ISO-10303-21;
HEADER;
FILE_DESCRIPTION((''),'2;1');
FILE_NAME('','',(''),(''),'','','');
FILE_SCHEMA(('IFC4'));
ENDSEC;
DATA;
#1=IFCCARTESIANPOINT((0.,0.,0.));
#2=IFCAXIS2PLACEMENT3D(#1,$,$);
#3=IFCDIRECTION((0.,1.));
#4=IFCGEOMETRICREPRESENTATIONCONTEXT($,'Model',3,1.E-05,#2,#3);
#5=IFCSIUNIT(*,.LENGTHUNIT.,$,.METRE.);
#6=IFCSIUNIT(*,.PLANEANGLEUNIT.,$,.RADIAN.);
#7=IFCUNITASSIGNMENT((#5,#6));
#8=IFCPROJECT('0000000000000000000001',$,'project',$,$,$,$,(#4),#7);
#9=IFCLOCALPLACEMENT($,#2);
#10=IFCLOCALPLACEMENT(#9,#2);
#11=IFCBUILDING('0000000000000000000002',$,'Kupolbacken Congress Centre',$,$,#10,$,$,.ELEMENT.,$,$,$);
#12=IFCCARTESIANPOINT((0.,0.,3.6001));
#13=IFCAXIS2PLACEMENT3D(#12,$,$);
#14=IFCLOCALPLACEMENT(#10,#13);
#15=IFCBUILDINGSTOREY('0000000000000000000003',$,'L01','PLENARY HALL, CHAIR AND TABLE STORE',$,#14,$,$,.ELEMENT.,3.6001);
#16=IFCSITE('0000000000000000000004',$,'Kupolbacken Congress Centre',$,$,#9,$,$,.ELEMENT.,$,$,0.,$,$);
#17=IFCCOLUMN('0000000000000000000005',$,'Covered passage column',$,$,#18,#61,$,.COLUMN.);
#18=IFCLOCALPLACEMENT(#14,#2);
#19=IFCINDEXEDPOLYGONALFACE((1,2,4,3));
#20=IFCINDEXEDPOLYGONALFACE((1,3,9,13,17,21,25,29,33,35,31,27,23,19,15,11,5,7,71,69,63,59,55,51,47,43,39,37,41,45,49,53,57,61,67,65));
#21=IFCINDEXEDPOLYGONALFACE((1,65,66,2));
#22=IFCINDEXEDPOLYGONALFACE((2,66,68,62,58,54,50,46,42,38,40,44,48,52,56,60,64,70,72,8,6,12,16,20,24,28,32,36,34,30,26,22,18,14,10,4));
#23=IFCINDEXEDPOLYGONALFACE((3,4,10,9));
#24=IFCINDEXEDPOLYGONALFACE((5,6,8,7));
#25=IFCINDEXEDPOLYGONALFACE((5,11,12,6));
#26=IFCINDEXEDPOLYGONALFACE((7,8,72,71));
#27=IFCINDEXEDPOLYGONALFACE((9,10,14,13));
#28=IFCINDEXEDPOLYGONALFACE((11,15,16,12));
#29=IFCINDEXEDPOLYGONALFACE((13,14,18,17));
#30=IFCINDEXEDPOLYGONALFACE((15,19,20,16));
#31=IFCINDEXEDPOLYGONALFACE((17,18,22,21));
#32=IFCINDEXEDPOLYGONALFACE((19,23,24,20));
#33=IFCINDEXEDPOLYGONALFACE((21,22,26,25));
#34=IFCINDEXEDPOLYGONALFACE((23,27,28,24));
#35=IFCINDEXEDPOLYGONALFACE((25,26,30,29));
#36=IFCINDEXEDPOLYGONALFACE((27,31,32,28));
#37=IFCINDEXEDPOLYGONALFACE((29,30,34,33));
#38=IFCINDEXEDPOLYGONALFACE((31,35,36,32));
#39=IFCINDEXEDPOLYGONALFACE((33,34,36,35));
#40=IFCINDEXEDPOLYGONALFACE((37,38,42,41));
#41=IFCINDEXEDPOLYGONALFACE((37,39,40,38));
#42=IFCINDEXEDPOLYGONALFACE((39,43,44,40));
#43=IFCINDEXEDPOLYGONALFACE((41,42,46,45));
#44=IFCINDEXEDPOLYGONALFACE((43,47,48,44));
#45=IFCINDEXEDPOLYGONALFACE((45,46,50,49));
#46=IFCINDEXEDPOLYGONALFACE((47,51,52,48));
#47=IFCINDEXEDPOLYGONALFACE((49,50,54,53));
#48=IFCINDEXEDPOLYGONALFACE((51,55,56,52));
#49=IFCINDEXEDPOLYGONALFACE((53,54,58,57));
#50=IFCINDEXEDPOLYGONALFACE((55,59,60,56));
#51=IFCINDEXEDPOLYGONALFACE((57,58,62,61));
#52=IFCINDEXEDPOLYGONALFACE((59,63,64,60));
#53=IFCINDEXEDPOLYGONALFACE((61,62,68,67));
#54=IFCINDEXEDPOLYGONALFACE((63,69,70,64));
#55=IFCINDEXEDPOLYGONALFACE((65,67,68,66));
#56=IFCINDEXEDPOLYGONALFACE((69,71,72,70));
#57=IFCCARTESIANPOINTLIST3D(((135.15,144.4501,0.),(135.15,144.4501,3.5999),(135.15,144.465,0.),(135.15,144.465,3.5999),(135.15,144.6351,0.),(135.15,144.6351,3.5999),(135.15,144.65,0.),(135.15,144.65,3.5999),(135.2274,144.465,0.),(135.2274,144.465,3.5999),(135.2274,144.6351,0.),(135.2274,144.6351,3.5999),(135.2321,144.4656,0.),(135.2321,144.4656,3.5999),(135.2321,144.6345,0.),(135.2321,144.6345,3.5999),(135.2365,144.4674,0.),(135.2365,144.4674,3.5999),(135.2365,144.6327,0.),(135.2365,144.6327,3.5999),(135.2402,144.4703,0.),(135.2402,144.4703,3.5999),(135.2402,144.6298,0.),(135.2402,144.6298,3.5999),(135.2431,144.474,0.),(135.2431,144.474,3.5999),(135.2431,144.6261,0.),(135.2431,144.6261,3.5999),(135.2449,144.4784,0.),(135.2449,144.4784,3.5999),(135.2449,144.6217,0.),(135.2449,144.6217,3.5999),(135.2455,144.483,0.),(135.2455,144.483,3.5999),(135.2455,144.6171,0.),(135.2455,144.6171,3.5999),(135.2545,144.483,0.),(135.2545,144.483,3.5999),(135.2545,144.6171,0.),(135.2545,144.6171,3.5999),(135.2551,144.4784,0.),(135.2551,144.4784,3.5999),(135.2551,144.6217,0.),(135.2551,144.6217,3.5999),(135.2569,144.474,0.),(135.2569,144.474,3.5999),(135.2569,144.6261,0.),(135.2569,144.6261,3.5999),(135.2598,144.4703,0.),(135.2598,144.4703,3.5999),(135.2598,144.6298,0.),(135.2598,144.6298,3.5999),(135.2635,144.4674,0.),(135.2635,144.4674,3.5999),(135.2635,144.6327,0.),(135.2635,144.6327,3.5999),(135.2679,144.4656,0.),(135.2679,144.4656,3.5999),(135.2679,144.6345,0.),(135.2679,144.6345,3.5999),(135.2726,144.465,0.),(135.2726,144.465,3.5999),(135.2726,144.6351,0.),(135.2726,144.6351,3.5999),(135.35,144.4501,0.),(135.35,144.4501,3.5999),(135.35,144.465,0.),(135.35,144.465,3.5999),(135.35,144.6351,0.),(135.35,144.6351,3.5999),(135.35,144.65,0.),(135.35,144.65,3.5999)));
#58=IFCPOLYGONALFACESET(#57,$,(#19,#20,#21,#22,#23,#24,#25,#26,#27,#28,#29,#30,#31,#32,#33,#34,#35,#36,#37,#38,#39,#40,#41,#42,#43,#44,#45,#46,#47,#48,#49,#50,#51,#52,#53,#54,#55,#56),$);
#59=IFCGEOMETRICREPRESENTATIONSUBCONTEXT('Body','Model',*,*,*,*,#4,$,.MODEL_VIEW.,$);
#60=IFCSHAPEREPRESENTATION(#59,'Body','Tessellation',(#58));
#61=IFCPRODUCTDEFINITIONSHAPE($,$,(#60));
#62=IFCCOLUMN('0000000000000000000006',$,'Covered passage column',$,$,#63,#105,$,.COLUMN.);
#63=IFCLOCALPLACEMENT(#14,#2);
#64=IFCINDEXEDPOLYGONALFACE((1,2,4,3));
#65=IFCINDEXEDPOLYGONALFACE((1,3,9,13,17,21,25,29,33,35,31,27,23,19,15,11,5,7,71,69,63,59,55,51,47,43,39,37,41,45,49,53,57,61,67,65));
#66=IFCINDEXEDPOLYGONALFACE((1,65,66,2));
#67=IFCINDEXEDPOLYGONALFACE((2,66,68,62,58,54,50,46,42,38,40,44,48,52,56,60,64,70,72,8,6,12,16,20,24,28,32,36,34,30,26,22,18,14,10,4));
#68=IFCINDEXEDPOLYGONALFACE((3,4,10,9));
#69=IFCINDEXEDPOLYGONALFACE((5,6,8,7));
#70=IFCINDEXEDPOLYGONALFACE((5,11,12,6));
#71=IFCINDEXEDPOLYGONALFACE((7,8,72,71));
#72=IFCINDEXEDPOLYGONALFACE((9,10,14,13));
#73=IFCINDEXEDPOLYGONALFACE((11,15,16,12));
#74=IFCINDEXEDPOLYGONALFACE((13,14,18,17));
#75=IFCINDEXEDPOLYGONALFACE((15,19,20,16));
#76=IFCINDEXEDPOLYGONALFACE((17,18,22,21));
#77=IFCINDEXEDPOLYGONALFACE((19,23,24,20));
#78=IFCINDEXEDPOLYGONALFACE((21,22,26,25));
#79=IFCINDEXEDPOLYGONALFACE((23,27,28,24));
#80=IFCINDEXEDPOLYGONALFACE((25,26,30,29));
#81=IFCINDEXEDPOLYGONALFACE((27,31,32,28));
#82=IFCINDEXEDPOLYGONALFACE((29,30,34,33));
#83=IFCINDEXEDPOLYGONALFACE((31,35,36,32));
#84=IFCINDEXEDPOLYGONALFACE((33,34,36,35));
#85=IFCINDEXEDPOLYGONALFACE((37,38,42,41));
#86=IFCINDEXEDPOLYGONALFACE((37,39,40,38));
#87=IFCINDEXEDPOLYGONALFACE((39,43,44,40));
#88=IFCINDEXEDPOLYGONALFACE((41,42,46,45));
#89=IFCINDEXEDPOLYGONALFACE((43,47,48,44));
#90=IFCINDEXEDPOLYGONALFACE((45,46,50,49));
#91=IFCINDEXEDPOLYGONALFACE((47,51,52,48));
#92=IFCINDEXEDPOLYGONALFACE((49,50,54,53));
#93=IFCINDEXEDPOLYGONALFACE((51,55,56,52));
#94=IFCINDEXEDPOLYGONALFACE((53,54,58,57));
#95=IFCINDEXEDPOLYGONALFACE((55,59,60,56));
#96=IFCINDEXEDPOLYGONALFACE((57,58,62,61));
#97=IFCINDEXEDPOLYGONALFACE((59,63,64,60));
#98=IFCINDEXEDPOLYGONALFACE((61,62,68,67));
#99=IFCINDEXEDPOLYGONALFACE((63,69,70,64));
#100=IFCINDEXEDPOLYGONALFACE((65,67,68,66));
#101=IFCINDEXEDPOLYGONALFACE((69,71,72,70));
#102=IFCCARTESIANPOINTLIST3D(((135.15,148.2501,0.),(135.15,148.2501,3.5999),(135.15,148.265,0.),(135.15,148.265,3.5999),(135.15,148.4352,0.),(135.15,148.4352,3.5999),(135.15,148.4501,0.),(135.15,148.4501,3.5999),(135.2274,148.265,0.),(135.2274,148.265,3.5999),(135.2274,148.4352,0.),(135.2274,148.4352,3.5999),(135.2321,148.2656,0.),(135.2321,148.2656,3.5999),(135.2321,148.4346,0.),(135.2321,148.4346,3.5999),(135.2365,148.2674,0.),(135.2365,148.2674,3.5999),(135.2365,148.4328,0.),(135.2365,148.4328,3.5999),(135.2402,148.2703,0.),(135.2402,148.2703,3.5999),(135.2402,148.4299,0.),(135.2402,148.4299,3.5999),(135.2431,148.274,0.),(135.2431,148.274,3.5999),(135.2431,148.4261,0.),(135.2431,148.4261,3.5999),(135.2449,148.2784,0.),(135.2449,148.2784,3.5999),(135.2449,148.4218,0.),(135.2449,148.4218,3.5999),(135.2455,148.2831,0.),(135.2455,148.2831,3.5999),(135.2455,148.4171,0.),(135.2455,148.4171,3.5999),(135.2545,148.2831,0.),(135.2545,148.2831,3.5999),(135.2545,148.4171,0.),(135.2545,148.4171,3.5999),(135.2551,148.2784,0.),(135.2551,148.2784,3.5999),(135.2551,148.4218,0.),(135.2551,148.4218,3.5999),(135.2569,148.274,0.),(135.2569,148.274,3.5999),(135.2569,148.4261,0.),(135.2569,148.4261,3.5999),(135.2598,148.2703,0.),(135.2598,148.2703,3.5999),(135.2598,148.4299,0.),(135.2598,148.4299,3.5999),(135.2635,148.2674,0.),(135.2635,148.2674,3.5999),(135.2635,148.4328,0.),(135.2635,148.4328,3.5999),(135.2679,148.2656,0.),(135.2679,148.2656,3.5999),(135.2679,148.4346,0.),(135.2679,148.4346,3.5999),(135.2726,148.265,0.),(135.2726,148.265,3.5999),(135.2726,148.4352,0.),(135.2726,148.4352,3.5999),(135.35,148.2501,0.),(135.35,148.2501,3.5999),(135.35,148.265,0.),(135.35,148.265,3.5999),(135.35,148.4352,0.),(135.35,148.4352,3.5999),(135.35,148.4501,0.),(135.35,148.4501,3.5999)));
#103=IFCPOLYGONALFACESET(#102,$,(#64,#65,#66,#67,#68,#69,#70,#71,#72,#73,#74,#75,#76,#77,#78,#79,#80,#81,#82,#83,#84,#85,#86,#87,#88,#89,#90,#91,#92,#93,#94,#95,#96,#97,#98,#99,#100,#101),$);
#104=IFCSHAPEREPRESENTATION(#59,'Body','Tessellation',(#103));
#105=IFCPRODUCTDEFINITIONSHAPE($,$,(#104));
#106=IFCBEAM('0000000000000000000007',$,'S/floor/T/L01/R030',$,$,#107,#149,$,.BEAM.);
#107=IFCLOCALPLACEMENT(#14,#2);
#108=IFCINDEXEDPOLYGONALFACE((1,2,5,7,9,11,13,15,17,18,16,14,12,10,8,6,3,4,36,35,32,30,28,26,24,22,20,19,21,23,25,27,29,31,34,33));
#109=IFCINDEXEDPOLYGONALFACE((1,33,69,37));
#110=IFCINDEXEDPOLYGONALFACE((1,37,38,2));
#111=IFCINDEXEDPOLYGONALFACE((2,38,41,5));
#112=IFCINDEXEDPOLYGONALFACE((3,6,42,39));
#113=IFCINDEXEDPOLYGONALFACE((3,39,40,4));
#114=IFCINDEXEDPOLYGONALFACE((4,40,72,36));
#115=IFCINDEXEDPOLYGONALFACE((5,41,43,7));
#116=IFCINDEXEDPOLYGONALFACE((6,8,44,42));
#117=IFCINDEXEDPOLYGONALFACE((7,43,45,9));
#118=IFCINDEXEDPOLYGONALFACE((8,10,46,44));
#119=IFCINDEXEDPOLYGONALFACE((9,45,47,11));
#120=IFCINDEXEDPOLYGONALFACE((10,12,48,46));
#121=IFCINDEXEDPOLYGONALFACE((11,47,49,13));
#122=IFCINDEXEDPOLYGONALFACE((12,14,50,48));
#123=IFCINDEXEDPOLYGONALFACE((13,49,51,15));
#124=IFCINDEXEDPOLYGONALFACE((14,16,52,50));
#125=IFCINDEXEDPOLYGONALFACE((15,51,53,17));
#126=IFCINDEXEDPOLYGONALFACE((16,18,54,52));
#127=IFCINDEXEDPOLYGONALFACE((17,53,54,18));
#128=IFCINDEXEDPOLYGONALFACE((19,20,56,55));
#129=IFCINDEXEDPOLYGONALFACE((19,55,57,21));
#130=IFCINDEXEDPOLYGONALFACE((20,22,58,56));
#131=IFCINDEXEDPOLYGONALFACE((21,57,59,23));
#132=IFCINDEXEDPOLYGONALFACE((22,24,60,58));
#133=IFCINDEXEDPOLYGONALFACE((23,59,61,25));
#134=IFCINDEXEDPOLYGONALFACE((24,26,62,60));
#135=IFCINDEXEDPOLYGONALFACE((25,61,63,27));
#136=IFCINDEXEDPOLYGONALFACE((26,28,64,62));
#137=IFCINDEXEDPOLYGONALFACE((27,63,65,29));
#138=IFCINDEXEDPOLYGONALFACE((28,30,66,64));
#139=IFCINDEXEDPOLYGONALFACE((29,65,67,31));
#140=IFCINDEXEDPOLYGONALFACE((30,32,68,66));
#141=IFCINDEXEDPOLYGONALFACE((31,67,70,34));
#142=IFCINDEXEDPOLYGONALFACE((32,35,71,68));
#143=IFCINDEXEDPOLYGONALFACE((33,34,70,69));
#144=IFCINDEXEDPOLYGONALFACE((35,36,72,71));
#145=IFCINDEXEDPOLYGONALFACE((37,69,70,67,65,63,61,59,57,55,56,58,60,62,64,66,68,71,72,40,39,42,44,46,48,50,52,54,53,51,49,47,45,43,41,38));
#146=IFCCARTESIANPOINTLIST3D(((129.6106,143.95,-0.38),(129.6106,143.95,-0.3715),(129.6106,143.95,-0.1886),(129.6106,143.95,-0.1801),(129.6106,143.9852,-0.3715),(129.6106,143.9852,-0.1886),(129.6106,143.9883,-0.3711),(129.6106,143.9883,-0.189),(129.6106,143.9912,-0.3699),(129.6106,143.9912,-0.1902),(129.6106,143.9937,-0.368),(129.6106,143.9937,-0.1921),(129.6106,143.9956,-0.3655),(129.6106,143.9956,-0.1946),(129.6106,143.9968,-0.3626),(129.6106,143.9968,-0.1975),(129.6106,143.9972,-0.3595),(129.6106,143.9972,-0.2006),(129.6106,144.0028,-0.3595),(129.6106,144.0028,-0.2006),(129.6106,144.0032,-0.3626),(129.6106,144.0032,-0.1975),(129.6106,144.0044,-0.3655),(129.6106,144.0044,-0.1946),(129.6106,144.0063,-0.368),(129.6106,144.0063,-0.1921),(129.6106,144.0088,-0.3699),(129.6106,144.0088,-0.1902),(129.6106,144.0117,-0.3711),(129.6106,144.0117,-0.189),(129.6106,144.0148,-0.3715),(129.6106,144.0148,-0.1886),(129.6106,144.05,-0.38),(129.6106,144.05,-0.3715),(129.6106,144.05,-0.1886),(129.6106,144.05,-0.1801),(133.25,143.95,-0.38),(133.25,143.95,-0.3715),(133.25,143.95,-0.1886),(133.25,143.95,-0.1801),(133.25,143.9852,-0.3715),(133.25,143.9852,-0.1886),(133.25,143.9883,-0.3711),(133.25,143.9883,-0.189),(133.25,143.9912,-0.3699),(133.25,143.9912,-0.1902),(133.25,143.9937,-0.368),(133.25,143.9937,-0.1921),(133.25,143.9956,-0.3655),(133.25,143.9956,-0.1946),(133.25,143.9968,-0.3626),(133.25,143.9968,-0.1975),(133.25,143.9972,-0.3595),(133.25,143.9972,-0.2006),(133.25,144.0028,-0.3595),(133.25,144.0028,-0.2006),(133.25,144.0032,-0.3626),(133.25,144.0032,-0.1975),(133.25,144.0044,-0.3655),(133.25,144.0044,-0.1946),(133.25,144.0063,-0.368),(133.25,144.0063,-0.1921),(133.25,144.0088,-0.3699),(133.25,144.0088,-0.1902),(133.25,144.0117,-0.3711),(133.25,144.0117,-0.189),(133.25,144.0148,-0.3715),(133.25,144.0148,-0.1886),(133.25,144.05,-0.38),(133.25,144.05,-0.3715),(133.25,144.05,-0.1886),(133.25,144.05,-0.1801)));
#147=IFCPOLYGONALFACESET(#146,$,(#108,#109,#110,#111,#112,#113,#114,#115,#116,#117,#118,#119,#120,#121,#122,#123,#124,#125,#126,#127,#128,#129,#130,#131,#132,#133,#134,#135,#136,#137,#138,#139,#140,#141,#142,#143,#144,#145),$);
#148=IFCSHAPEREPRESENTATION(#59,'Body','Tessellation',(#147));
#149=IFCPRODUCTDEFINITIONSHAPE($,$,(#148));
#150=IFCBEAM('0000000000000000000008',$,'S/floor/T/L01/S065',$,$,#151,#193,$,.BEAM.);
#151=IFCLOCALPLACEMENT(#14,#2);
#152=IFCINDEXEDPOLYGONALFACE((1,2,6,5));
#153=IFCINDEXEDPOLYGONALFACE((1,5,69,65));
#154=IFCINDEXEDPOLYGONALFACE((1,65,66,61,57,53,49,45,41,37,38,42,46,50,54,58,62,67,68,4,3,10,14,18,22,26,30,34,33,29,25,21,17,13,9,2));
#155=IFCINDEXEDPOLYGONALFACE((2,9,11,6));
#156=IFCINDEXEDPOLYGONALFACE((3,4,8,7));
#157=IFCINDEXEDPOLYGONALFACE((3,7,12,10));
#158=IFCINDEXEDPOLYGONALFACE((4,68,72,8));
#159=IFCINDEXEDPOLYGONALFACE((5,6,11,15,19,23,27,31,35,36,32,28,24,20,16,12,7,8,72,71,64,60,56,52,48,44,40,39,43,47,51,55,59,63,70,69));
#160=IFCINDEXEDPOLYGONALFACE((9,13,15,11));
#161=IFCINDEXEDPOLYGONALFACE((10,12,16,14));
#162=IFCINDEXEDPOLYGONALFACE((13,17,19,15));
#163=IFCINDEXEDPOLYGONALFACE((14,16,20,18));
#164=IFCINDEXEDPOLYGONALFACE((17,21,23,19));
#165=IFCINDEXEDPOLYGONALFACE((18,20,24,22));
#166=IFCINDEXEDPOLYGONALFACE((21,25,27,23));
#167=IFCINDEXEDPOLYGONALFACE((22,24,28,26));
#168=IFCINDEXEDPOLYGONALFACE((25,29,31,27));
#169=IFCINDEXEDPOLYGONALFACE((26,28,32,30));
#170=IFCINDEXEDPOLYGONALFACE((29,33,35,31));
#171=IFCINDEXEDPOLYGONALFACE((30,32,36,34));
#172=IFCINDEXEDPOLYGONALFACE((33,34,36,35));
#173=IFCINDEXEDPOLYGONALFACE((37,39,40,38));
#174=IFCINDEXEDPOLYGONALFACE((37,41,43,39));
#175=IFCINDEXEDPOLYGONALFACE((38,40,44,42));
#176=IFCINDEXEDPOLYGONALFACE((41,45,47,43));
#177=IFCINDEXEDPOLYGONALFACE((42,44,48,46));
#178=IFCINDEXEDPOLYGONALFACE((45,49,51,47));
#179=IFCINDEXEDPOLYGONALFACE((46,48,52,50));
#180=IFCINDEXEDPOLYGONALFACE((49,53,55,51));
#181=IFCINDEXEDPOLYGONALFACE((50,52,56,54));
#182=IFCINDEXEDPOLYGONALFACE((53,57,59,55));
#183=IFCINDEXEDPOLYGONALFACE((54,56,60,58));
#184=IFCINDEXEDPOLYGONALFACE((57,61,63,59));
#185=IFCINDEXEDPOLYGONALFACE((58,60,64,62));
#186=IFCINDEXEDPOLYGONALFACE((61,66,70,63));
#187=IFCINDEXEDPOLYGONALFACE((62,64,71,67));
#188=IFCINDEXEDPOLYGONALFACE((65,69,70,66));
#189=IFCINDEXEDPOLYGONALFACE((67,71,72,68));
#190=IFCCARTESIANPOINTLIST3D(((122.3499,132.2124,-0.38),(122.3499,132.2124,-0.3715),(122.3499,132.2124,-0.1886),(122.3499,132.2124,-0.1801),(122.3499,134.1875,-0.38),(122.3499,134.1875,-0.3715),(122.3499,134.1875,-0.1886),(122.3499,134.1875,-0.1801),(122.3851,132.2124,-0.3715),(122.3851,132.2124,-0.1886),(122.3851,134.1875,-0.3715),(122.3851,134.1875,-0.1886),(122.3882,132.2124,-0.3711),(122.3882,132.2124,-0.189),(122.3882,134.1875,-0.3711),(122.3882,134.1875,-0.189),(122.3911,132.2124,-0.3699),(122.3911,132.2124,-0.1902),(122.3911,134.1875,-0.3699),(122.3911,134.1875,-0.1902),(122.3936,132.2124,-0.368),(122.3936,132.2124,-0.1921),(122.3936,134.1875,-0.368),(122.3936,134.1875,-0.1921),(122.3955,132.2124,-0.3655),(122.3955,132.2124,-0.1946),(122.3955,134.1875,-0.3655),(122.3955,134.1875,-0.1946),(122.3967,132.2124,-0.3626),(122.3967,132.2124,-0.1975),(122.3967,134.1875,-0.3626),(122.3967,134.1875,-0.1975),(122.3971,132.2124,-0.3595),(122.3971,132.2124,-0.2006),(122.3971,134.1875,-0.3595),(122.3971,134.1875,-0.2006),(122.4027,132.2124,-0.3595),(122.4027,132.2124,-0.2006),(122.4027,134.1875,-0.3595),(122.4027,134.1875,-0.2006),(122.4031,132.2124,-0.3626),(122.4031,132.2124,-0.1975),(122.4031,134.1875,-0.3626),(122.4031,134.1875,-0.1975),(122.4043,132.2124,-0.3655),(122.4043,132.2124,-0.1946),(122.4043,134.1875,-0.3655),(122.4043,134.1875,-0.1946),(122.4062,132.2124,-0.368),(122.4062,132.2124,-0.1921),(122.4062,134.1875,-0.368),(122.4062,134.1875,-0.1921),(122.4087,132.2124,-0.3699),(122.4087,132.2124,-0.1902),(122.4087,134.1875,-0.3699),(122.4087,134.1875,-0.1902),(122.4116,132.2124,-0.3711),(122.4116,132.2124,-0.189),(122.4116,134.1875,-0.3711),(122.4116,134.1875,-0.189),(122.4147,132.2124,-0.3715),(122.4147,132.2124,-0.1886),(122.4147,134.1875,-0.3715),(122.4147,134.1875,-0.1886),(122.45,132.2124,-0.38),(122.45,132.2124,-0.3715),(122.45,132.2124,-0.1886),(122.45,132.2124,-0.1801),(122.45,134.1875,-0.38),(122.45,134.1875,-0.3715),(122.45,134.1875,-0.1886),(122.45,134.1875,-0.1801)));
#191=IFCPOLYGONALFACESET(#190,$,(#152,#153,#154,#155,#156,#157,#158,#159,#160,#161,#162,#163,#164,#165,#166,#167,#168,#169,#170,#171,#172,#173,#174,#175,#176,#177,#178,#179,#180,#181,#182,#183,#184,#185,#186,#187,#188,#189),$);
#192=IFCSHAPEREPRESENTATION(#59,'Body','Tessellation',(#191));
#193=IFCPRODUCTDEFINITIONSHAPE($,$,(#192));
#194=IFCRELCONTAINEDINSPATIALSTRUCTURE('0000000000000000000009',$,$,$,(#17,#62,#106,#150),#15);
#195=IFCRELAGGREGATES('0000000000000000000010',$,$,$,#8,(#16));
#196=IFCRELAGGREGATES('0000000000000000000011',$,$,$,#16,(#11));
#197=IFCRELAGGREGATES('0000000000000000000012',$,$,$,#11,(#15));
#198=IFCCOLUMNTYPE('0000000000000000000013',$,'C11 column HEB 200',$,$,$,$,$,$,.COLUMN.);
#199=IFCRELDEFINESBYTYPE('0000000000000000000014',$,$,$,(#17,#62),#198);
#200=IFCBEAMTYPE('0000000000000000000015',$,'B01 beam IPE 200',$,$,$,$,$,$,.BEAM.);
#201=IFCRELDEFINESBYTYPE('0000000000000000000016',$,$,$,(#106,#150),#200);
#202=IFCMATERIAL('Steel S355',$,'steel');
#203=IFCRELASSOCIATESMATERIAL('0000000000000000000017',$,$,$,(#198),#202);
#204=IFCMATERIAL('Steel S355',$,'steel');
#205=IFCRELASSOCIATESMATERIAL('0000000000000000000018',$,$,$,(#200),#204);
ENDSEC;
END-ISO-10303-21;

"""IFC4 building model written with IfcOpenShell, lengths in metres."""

from ifc_helpers import new_model, si_unit, direction, frame, origin, origin_2d, place, context, subcontext, project, spatial, i_section, extrude, material, material_profile, profile_set, type_object, element, save


model = new_model("IFC4")

# Units and contexts
model_context = context("Model", 3, precision=1e-05, world=origin(), true_north=direction((0.0, 1.0)))
body_context = subcontext(model_context, "Body", "Model", "MODEL_VIEW")
ifc_project = project(units=[si_unit("LENGTHUNIT", "METRE"), si_unit("PLANEANGLEUNIT", "RADIAN")], contexts=[model_context])

# Site, building, storey
site_placement = place(None, origin())
site = spatial("IfcSite", under=ifc_project, at=site_placement, Name="Kupolbacken Congress Centre", CompositionType="ELEMENT", RefElevation=0.0)
building_placement = place(site_placement, origin())
building = spatial("IfcBuilding", under=site, at=building_placement, Name="Kupolbacken Congress Centre", CompositionType="ELEMENT")
storey_placement = place(building_placement, frame((0.0, 0.0, 3.6001)))
storey = spatial("IfcBuildingStorey", under=building, at=storey_placement, Name="L01", Description="PLENARY HALL, CHAIR AND TABLE STORE", CompositionType="ELEMENT", Elevation=3.6001)

# Columns
ifc_material_1 = material(Name="Steel S355", Category="steel")
ifc_material_profile_1 = material_profile(ifc_material_1, i_section(OverallWidth=0.2, OverallDepth=0.2, WebThickness=0.009, FlangeThickness=0.0149, FilletRadius=0.0181, at=origin_2d()), Name="HEB 200")
ifc_profile_set_1 = profile_set([ifc_material_profile_1], Name="Steel S355")
column_type_1 = type_object("IfcColumnType", Name="C11 column HEB 200", PredefinedType="COLUMN", material=ifc_profile_set_1)
for number, where, z_axis, x_axis, name in (
    (1, (135.25, 144.55, 0.0), (0.0, 0.0, 1.0), (1.0, 0.0, 0.0), "Covered passage column"),
    (2, (135.25, 148.3501, 0.0), (0.0, 0.0, 1.0), (1.0, 0.0, 0.0), "Covered passage column"),
):
    element("IfcColumn", number, at=place(storey_placement, frame(where, z_axis=z_axis, x_axis=x_axis)), inside=storey, type_object=column_type_1, Name=name, PredefinedType="COLUMN", context=body_context, shape_type="SweptSolid", body=[
        extrude(i_section(OverallWidth=0.2, OverallDepth=0.2, WebThickness=0.009, FlangeThickness=0.0149, FilletRadius=0.0181, at=origin_2d()), origin(), (0.0, 0.0, 1.0), 3.5999),
    ])

# Beams
ifc_material_2 = material(Name="Steel S355", Category="steel")
ifc_material_profile_2 = material_profile(ifc_material_2, i_section(OverallWidth=0.1001, OverallDepth=0.2, WebThickness=0.0056, FlangeThickness=0.0085, FilletRadius=0.012, at=origin_2d()), Name="IPE 200")
ifc_profile_set_2 = profile_set([ifc_material_profile_2], Name="Steel S355")
beam_type_1 = type_object("IfcBeamType", Name="B01 beam IPE 200", PredefinedType="BEAM", material=ifc_profile_set_2)
beam_1_placement = place(storey_placement, frame((129.6106, 144.0, -0.28), z_axis=(1.0, 0.0, 0.0), x_axis=(0.0, 1.0, 0.0)))
element("IfcBeam", 3, at=beam_1_placement, inside=storey, type_object=beam_type_1, Name="S/floor/T/L01/R030", PredefinedType="BEAM", context=body_context, shape_type="SweptSolid", body=[
    extrude(i_section(OverallWidth=0.1001, OverallDepth=0.2, WebThickness=0.0056, FlangeThickness=0.0085, FilletRadius=0.012, at=origin_2d()), origin(), (0.0, 0.0, 1.0), 3.6394),
])
beam_2_placement = place(storey_placement, frame((122.3999, 132.2124, -0.28), z_axis=(0.0, 1.0, 0.0), x_axis=(-1.0, 0.0, 0.0)))
element("IfcBeam", 4, at=beam_2_placement, inside=storey, type_object=beam_type_1, Name="S/floor/T/L01/S065", PredefinedType="BEAM", context=body_context, shape_type="SweptSolid", body=[
    extrude(i_section(OverallWidth=0.1001, OverallDepth=0.2, WebThickness=0.0056, FlangeThickness=0.0085, FilletRadius=0.012, at=origin_2d()), origin(), (0.0, 0.0, 1.0), 1.9751),
])

save(model, "model.ifc")
